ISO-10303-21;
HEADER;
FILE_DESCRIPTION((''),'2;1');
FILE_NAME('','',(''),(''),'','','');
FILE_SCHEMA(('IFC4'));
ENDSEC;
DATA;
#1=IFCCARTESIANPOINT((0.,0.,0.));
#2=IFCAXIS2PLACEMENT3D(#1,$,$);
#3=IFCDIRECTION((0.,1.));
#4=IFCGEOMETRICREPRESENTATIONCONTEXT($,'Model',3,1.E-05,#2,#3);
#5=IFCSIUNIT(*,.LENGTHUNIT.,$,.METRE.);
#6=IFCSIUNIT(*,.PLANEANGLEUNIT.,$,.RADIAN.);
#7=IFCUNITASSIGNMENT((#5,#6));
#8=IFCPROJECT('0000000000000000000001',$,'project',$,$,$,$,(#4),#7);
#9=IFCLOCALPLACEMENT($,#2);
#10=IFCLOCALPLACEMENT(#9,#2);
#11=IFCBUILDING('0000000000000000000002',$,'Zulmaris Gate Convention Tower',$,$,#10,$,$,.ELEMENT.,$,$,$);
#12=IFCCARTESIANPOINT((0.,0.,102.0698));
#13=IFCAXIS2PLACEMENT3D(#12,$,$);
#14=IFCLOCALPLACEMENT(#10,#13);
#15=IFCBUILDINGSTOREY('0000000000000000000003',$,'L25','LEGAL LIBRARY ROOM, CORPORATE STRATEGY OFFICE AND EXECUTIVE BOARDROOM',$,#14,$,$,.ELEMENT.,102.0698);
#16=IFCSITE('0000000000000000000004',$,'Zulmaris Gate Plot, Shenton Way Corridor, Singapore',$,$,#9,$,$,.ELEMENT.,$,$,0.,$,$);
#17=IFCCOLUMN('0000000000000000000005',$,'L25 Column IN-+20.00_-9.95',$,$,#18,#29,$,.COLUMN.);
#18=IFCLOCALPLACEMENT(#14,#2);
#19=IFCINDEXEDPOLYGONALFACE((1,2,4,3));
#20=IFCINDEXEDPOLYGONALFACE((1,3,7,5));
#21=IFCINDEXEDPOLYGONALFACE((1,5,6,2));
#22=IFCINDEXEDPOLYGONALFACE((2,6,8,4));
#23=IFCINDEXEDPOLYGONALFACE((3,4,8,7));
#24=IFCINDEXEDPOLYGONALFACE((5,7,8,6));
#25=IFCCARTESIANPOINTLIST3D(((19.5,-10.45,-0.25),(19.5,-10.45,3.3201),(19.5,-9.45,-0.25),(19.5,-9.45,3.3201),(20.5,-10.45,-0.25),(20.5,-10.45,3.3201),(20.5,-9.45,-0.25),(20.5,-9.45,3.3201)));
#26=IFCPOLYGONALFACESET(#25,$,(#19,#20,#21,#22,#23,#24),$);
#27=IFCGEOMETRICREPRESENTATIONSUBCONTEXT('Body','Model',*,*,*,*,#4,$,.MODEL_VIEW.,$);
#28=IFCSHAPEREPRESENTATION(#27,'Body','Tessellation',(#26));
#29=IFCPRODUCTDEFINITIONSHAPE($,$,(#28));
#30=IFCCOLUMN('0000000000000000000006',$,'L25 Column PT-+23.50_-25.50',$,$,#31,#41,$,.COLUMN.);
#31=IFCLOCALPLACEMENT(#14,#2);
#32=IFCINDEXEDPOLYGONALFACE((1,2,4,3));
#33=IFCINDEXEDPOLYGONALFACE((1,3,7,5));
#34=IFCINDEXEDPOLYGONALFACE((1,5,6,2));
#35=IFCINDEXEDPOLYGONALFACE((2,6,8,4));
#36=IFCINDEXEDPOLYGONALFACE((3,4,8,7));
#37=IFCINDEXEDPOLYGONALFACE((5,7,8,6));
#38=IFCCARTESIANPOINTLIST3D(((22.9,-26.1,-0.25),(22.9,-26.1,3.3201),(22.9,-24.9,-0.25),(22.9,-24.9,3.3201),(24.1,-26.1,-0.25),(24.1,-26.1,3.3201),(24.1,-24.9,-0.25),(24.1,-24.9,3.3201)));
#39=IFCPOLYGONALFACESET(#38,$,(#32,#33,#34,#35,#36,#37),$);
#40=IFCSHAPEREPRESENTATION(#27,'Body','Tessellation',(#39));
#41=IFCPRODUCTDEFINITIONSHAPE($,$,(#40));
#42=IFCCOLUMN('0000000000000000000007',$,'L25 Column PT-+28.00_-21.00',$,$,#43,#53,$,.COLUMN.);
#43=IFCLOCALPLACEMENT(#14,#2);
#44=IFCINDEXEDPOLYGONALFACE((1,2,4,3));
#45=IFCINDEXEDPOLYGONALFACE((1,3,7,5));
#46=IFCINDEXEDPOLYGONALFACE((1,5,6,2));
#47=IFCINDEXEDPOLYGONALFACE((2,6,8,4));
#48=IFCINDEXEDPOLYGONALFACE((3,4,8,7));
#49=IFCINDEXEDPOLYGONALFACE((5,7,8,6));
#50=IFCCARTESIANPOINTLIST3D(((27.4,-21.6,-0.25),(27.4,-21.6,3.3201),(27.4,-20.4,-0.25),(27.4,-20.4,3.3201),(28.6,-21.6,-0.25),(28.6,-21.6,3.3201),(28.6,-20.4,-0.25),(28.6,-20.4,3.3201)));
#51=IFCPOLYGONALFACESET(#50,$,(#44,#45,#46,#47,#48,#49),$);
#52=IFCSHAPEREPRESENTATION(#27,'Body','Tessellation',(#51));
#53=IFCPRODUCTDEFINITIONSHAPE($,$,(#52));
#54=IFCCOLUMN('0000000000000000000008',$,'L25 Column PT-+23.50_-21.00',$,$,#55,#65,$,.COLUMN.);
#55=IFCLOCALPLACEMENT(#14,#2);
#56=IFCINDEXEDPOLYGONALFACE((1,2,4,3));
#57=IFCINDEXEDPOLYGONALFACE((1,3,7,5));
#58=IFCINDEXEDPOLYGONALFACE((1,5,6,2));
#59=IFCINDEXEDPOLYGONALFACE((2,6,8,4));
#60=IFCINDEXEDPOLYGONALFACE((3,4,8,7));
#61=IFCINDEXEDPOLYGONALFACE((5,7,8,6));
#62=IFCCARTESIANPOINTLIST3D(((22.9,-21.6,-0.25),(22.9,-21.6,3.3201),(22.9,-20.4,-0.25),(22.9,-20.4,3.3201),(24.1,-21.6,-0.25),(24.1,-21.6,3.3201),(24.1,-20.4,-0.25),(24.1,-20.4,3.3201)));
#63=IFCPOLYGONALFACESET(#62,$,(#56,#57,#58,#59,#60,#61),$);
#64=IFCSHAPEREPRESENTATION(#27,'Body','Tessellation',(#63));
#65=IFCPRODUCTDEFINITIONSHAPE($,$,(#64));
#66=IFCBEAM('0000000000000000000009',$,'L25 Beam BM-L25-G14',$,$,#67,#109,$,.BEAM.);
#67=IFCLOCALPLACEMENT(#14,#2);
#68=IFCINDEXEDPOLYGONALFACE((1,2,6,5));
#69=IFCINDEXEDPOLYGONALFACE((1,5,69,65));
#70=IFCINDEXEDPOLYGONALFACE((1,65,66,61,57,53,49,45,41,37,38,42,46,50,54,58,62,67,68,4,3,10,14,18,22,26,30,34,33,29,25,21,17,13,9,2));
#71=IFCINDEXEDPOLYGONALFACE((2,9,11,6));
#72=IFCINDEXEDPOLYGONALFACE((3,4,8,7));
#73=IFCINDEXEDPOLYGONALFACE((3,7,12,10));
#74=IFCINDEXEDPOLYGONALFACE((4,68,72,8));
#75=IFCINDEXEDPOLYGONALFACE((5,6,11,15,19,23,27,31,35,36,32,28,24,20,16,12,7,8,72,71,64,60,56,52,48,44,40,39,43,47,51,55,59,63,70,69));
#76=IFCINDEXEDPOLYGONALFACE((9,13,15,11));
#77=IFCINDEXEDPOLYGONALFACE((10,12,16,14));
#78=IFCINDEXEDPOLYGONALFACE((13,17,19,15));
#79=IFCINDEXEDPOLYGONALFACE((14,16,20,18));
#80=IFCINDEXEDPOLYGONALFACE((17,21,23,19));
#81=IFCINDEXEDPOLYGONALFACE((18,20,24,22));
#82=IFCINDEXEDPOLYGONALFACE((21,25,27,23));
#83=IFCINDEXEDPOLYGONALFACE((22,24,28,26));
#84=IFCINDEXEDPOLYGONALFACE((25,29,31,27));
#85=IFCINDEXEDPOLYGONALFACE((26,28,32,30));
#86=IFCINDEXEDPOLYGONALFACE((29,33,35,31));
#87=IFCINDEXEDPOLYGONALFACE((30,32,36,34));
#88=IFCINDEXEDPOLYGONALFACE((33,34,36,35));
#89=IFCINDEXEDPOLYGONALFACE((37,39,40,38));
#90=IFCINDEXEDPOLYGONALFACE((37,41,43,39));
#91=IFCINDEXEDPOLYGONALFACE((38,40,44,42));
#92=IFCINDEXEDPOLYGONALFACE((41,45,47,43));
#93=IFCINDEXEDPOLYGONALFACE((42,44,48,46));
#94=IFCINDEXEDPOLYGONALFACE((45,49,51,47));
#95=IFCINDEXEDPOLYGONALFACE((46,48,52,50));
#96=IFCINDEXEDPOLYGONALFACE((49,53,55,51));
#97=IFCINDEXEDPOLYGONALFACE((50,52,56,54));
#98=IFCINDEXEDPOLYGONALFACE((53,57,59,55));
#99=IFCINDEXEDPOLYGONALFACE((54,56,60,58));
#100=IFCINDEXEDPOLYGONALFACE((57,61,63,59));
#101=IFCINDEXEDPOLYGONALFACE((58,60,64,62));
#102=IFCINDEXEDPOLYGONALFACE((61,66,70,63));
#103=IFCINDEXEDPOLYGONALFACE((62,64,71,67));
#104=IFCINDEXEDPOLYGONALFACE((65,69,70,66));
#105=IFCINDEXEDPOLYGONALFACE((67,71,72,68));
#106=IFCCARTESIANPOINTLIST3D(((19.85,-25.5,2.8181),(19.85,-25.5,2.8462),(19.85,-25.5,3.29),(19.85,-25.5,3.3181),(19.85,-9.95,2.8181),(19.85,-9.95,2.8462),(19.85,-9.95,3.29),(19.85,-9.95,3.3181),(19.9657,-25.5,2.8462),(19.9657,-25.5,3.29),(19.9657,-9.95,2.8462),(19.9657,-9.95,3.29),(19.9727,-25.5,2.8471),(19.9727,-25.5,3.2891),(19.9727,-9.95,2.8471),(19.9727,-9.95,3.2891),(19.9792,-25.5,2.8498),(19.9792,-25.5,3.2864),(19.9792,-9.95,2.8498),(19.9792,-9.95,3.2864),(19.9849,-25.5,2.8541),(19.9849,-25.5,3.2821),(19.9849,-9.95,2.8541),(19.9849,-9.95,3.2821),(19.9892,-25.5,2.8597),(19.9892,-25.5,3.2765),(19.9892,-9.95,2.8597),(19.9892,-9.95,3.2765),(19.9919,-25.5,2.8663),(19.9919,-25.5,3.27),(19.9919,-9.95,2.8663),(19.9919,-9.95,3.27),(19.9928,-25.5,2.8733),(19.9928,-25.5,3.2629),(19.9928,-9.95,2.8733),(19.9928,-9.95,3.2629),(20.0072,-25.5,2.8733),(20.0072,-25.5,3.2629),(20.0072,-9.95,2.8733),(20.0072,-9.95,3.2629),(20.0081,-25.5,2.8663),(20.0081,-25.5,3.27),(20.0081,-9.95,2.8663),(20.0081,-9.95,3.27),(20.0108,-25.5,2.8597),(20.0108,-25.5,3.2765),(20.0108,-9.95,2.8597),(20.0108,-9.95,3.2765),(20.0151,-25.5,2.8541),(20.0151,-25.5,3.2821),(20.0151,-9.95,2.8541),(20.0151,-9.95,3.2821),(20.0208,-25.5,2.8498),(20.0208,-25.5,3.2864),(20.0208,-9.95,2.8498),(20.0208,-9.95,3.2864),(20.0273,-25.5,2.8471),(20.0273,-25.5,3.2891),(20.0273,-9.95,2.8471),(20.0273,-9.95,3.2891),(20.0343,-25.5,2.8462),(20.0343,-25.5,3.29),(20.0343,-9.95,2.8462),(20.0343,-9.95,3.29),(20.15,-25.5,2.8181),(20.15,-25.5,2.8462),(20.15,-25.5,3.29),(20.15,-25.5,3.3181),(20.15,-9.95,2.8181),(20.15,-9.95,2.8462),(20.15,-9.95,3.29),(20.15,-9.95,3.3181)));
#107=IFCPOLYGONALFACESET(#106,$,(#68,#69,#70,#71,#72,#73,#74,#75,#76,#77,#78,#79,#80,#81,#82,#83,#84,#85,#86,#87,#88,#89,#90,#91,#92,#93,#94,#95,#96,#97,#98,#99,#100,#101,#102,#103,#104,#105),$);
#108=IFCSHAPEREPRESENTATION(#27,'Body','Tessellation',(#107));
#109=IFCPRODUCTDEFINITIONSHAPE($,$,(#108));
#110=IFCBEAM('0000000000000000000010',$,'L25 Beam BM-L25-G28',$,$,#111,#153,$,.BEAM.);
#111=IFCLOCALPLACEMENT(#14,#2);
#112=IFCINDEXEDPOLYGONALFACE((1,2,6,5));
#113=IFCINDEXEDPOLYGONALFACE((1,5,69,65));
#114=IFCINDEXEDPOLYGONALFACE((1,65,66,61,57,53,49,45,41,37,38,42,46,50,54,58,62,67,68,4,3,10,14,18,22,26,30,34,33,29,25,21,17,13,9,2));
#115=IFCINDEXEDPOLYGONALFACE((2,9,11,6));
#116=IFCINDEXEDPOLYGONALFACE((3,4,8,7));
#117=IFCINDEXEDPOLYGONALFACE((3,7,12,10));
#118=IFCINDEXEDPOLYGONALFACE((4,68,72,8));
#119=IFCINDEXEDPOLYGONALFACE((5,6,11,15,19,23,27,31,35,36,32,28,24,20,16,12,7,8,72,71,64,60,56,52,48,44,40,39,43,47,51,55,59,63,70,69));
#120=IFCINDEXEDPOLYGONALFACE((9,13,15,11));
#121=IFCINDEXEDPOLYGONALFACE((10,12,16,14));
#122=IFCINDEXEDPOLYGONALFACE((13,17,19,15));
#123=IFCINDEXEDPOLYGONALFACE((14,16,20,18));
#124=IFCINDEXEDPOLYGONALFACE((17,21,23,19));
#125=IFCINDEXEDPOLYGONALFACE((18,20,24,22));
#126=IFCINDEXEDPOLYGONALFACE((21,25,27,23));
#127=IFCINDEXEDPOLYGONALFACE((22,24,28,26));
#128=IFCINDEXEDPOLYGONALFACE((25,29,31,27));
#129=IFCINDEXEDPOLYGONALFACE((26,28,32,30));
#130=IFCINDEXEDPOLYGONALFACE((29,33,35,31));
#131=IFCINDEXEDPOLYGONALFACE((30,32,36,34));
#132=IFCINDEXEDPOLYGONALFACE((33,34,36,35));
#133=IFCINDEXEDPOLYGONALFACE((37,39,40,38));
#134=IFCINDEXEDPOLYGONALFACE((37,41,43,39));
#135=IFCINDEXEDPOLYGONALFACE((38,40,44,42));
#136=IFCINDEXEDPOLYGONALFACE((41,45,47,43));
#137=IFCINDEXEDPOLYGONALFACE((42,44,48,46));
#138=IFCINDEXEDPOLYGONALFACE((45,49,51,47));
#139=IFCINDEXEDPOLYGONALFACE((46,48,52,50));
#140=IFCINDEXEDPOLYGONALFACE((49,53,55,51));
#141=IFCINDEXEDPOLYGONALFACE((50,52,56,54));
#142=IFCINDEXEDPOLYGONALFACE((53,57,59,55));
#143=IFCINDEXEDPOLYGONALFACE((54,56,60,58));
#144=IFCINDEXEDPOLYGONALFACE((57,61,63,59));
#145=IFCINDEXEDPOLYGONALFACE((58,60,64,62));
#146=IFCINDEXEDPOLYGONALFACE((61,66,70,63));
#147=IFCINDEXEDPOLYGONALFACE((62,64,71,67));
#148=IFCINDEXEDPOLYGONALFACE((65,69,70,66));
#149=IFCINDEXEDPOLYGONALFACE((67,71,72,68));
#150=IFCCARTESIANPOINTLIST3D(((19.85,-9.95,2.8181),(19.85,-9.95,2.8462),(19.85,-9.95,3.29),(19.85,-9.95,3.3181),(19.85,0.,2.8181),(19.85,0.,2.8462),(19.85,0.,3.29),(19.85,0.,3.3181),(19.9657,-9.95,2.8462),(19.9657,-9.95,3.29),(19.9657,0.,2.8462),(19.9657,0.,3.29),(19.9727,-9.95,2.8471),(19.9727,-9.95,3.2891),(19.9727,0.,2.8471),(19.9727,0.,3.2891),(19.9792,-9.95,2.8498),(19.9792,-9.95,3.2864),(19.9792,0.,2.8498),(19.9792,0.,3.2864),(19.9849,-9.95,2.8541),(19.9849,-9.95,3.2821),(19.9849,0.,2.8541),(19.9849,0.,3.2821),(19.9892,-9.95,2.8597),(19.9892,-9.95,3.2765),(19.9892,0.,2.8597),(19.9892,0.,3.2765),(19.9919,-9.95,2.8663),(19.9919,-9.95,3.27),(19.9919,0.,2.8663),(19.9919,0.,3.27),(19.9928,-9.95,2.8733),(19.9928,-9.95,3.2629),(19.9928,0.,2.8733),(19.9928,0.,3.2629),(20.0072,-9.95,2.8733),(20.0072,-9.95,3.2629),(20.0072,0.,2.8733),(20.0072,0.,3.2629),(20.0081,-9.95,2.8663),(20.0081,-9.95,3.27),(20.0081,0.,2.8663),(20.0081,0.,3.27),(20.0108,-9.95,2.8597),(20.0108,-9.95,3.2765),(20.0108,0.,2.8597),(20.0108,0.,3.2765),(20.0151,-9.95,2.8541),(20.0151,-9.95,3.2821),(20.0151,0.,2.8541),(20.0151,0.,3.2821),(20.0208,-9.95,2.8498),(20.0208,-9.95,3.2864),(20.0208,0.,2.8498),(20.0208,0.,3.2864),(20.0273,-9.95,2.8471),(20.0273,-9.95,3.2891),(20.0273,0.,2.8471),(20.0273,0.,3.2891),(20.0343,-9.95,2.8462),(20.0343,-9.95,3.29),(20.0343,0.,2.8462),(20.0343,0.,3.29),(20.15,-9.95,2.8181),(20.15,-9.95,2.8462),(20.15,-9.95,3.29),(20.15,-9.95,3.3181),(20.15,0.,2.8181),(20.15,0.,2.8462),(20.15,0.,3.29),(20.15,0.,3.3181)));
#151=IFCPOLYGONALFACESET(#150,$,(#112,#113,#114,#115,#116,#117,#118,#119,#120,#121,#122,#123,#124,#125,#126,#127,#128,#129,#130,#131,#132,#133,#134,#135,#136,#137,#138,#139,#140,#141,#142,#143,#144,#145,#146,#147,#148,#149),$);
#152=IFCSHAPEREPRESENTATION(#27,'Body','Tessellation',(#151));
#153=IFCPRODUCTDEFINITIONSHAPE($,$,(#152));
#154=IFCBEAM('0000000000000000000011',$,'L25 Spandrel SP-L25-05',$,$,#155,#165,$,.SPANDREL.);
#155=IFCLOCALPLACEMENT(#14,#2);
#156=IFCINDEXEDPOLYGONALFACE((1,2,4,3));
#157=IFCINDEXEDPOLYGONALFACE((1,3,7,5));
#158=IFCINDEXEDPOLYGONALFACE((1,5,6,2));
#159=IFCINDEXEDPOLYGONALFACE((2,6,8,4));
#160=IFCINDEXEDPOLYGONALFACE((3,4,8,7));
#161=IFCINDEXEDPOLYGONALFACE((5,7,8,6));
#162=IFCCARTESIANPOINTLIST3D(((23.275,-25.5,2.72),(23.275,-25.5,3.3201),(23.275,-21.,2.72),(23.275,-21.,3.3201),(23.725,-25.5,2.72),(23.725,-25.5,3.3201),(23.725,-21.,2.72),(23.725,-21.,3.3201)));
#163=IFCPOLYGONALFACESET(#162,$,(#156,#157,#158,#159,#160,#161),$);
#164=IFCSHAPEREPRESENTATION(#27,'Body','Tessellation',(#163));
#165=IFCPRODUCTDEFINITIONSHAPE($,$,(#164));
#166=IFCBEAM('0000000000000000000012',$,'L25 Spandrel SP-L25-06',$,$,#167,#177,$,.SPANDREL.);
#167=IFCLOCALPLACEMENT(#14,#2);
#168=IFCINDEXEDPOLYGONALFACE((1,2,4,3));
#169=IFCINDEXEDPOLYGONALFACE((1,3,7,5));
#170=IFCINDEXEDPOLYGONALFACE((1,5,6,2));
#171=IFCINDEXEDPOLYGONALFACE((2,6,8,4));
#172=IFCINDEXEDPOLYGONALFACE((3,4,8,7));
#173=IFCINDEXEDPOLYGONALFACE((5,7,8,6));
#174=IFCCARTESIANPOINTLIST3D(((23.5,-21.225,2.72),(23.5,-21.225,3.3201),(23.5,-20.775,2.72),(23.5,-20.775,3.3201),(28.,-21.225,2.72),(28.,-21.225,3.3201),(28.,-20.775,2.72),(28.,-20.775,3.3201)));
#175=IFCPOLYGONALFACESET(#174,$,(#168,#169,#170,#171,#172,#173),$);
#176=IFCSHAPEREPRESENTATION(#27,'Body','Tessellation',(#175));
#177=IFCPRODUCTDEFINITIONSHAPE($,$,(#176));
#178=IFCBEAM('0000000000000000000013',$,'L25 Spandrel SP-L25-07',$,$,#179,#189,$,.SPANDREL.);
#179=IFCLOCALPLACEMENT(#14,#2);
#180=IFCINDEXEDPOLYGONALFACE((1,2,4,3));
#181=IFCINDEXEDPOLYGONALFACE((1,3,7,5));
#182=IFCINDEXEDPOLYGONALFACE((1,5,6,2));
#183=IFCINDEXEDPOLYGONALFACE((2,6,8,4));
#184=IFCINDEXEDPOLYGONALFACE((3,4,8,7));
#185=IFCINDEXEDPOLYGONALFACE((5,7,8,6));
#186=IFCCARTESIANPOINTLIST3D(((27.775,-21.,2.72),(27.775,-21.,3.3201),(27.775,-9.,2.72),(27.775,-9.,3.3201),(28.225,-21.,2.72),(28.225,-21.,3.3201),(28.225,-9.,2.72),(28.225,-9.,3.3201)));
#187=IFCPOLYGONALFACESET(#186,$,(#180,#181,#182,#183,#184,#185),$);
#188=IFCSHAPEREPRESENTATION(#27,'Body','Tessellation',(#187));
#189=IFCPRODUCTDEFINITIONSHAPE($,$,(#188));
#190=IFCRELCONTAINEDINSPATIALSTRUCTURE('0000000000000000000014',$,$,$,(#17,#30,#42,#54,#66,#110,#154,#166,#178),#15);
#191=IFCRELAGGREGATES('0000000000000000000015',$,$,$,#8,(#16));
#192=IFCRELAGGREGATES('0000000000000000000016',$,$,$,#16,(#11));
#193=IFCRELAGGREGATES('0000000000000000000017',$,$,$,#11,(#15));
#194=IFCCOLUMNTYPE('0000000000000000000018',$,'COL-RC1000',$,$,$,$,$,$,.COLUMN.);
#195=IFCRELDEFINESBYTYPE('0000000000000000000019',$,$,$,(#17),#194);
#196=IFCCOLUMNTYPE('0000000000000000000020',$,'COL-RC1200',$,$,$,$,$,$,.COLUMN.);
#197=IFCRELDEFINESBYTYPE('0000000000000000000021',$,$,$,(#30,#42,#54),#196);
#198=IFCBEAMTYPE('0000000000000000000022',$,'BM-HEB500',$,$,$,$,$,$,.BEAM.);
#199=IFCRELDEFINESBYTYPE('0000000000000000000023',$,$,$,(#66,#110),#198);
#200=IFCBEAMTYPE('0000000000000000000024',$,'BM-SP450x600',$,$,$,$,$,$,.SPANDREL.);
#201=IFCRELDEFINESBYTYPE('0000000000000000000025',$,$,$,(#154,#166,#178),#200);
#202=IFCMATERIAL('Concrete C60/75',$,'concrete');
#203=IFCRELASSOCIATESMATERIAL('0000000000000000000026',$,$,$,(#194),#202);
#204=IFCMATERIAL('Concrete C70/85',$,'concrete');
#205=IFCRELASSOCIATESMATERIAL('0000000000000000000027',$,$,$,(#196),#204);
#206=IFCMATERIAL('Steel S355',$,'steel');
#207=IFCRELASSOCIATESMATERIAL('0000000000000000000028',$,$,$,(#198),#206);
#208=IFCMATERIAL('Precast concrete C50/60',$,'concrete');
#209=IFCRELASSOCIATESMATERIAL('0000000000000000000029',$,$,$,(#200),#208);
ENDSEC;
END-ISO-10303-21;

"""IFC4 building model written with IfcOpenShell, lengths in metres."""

from ifc_helpers import new_model, si_unit, direction, frame, origin, origin_2d, place, context, subcontext, project, spatial, rectangle, i_section, extrude, material, material_profile, profile_set, type_object, element, save


model = new_model("IFC4")

# Units and contexts
model_context = context("Model", 3, precision=1e-05, world=origin(), true_north=direction((0.0, 1.0)))
body_context = subcontext(model_context, "Body", "Model", "MODEL_VIEW")
ifc_project = project(units=[si_unit("LENGTHUNIT", "METRE"), si_unit("PLANEANGLEUNIT", "RADIAN")], contexts=[model_context])

# Site, building, storey
site_placement = place(None, origin())
site = spatial("IfcSite", under=ifc_project, at=site_placement, Name="Zulmaris Gate Plot, Shenton Way Corridor, Singapore", CompositionType="ELEMENT", RefElevation=0.0)
building_placement = place(site_placement, origin())
building = spatial("IfcBuilding", under=site, at=building_placement, Name="Zulmaris Gate Convention Tower", CompositionType="ELEMENT")
storey_placement = place(building_placement, frame((0.0, 0.0, 102.0698)))
storey = spatial("IfcBuildingStorey", under=building, at=storey_placement, Name="L25", Description="LEGAL LIBRARY ROOM, CORPORATE STRATEGY OFFICE AND EXECUTIVE BOARDROOM", CompositionType="ELEMENT", Elevation=102.0698)

# Columns
ifc_material_1 = material(Name="Concrete C60/75", Category="concrete")
ifc_material_profile_1 = material_profile(ifc_material_1, rectangle(XDim=1.0, YDim=1.0, at=origin_2d()), Name="RC COL 1000x1000")
ifc_profile_set_1 = profile_set([ifc_material_profile_1], Name="Concrete C60/75")
column_type_1 = type_object("IfcColumnType", Name="COL-RC1000", PredefinedType="COLUMN", material=ifc_profile_set_1)
column_placement = place(storey_placement, frame((20.0, -9.95, -0.25), z_axis=(0.0, 0.0, 1.0), x_axis=(1.0, 0.0, 0.0)))
element("IfcColumn", 1, at=column_placement, inside=storey, type_object=column_type_1, Name="L25 Column IN-+20.00_-9.95", PredefinedType="COLUMN", context=body_context, shape_type="SweptSolid", body=[
    extrude(rectangle(XDim=1.0, YDim=1.0, at=origin_2d()), origin(), (0.0, 0.0, 1.0), 3.5701),
])
ifc_material_2 = material(Name="Concrete C70/85", Category="concrete")
ifc_material_profile_2 = material_profile(ifc_material_2, rectangle(XDim=1.2, YDim=1.2, at=origin_2d()), Name="RC COL 1200x1200")
ifc_profile_set_2 = profile_set([ifc_material_profile_2], Name="Concrete C70/85")
column_type_2 = type_object("IfcColumnType", Name="COL-RC1200", PredefinedType="COLUMN", material=ifc_profile_set_2)
for number, where, z_axis, x_axis, name in (
    (2, (23.5, -25.5, -0.25), (0.0, 0.0, 1.0), (1.0, 0.0, 0.0), "L25 Column PT-+23.50_-25.50"),
    (3, (28.0, -21.0, -0.25), (0.0, 0.0, 1.0), (1.0, 0.0, 0.0), "L25 Column PT-+28.00_-21.00"),
    (4, (23.5, -21.0, -0.25), (0.0, 0.0, 1.0), (1.0, 0.0, 0.0), "L25 Column PT-+23.50_-21.00"),
):
    element("IfcColumn", number, at=place(storey_placement, frame(where, z_axis=z_axis, x_axis=x_axis)), inside=storey, type_object=column_type_2, Name=name, PredefinedType="COLUMN", context=body_context, shape_type="SweptSolid", body=[
        extrude(rectangle(XDim=1.2, YDim=1.2, at=origin_2d()), origin(), (0.0, 0.0, 1.0), 3.5701),
    ])

# Beams
ifc_material_3 = material(Name="Steel S355", Category="steel")
ifc_material_profile_3 = material_profile(ifc_material_3, i_section(OverallWidth=0.3, OverallDepth=0.5, WebThickness=0.0144, FlangeThickness=0.0281, FilletRadius=0.0271, at=origin_2d()), Name="HEB 500")
ifc_profile_set_3 = profile_set([ifc_material_profile_3], Name="Steel S355")
beam_type_1 = type_object("IfcBeamType", Name="BM-HEB500", PredefinedType="BEAM", material=ifc_profile_set_3)
beam_1_placement = place(storey_placement, frame((20.0, -25.5, 3.0681), z_axis=(0.0, 1.0, 0.0), x_axis=(-1.0, 0.0, 0.0)))
element("IfcBeam", 5, at=beam_1_placement, inside=storey, type_object=beam_type_1, Name="L25 Beam BM-L25-G14", PredefinedType="BEAM", context=body_context, shape_type="SweptSolid", body=[
    extrude(i_section(OverallWidth=0.3, OverallDepth=0.5, WebThickness=0.0144, FlangeThickness=0.0281, FilletRadius=0.0271, at=origin_2d()), origin(), (0.0, 0.0, 1.0), 15.55),
])
beam_2_placement = place(storey_placement, frame((20.0, -9.95, 3.0681), z_axis=(0.0, 1.0, 0.0), x_axis=(-1.0, 0.0, 0.0)))
element("IfcBeam", 6, at=beam_2_placement, inside=storey, type_object=beam_type_1, Name="L25 Beam BM-L25-G28", PredefinedType="BEAM", context=body_context, shape_type="SweptSolid", body=[
    extrude(i_section(OverallWidth=0.3, OverallDepth=0.5, WebThickness=0.0144, FlangeThickness=0.0281, FilletRadius=0.0271, at=origin_2d()), origin(), (0.0, 0.0, 1.0), 9.95),
])
ifc_material_4 = material(Name="Precast concrete C50/60", Category="concrete")
ifc_material_profile_4 = material_profile(ifc_material_4, rectangle(XDim=0.45, YDim=0.6001, at=origin_2d()), Name="RC SPANDREL 450x600")
ifc_profile_set_4 = profile_set([ifc_material_profile_4], Name="Precast concrete C50/60")
beam_type_2 = type_object("IfcBeamType", Name="BM-SP450x600", PredefinedType="SPANDREL", material=ifc_profile_set_4)
for number, where, z_axis, x_axis, name in (
    (7, (23.5, -25.5, 3.02), (0.0, 1.0, 0.0), (-1.0, 0.0, 0.0), "L25 Spandrel SP-L25-05"),
    (8, (23.5, -21.0, 3.02), (1.0, 0.0, 0.0), (0.0, 1.0, 0.0), "L25 Spandrel SP-L25-06"),
):
    element("IfcBeam", number, at=place(storey_placement, frame(where, z_axis=z_axis, x_axis=x_axis)), inside=storey, type_object=beam_type_2, Name=name, PredefinedType="SPANDREL", context=body_context, shape_type="SweptSolid", body=[
        extrude(rectangle(XDim=0.45, YDim=0.6001, at=origin_2d()), origin(), (0.0, 0.0, 1.0), 4.5),
    ])
beam_3_placement = place(storey_placement, frame((28.0, -21.0, 3.02), z_axis=(0.0, 1.0, 0.0), x_axis=(-1.0, 0.0, 0.0)))
element("IfcBeam", 9, at=beam_3_placement, inside=storey, type_object=beam_type_2, Name="L25 Spandrel SP-L25-07", PredefinedType="SPANDREL", context=body_context, shape_type="SweptSolid", body=[
    extrude(rectangle(XDim=0.45, YDim=0.6001, at=origin_2d()), origin(), (0.0, 0.0, 1.0), 12.0),
])

save(model, "model.ifc")
